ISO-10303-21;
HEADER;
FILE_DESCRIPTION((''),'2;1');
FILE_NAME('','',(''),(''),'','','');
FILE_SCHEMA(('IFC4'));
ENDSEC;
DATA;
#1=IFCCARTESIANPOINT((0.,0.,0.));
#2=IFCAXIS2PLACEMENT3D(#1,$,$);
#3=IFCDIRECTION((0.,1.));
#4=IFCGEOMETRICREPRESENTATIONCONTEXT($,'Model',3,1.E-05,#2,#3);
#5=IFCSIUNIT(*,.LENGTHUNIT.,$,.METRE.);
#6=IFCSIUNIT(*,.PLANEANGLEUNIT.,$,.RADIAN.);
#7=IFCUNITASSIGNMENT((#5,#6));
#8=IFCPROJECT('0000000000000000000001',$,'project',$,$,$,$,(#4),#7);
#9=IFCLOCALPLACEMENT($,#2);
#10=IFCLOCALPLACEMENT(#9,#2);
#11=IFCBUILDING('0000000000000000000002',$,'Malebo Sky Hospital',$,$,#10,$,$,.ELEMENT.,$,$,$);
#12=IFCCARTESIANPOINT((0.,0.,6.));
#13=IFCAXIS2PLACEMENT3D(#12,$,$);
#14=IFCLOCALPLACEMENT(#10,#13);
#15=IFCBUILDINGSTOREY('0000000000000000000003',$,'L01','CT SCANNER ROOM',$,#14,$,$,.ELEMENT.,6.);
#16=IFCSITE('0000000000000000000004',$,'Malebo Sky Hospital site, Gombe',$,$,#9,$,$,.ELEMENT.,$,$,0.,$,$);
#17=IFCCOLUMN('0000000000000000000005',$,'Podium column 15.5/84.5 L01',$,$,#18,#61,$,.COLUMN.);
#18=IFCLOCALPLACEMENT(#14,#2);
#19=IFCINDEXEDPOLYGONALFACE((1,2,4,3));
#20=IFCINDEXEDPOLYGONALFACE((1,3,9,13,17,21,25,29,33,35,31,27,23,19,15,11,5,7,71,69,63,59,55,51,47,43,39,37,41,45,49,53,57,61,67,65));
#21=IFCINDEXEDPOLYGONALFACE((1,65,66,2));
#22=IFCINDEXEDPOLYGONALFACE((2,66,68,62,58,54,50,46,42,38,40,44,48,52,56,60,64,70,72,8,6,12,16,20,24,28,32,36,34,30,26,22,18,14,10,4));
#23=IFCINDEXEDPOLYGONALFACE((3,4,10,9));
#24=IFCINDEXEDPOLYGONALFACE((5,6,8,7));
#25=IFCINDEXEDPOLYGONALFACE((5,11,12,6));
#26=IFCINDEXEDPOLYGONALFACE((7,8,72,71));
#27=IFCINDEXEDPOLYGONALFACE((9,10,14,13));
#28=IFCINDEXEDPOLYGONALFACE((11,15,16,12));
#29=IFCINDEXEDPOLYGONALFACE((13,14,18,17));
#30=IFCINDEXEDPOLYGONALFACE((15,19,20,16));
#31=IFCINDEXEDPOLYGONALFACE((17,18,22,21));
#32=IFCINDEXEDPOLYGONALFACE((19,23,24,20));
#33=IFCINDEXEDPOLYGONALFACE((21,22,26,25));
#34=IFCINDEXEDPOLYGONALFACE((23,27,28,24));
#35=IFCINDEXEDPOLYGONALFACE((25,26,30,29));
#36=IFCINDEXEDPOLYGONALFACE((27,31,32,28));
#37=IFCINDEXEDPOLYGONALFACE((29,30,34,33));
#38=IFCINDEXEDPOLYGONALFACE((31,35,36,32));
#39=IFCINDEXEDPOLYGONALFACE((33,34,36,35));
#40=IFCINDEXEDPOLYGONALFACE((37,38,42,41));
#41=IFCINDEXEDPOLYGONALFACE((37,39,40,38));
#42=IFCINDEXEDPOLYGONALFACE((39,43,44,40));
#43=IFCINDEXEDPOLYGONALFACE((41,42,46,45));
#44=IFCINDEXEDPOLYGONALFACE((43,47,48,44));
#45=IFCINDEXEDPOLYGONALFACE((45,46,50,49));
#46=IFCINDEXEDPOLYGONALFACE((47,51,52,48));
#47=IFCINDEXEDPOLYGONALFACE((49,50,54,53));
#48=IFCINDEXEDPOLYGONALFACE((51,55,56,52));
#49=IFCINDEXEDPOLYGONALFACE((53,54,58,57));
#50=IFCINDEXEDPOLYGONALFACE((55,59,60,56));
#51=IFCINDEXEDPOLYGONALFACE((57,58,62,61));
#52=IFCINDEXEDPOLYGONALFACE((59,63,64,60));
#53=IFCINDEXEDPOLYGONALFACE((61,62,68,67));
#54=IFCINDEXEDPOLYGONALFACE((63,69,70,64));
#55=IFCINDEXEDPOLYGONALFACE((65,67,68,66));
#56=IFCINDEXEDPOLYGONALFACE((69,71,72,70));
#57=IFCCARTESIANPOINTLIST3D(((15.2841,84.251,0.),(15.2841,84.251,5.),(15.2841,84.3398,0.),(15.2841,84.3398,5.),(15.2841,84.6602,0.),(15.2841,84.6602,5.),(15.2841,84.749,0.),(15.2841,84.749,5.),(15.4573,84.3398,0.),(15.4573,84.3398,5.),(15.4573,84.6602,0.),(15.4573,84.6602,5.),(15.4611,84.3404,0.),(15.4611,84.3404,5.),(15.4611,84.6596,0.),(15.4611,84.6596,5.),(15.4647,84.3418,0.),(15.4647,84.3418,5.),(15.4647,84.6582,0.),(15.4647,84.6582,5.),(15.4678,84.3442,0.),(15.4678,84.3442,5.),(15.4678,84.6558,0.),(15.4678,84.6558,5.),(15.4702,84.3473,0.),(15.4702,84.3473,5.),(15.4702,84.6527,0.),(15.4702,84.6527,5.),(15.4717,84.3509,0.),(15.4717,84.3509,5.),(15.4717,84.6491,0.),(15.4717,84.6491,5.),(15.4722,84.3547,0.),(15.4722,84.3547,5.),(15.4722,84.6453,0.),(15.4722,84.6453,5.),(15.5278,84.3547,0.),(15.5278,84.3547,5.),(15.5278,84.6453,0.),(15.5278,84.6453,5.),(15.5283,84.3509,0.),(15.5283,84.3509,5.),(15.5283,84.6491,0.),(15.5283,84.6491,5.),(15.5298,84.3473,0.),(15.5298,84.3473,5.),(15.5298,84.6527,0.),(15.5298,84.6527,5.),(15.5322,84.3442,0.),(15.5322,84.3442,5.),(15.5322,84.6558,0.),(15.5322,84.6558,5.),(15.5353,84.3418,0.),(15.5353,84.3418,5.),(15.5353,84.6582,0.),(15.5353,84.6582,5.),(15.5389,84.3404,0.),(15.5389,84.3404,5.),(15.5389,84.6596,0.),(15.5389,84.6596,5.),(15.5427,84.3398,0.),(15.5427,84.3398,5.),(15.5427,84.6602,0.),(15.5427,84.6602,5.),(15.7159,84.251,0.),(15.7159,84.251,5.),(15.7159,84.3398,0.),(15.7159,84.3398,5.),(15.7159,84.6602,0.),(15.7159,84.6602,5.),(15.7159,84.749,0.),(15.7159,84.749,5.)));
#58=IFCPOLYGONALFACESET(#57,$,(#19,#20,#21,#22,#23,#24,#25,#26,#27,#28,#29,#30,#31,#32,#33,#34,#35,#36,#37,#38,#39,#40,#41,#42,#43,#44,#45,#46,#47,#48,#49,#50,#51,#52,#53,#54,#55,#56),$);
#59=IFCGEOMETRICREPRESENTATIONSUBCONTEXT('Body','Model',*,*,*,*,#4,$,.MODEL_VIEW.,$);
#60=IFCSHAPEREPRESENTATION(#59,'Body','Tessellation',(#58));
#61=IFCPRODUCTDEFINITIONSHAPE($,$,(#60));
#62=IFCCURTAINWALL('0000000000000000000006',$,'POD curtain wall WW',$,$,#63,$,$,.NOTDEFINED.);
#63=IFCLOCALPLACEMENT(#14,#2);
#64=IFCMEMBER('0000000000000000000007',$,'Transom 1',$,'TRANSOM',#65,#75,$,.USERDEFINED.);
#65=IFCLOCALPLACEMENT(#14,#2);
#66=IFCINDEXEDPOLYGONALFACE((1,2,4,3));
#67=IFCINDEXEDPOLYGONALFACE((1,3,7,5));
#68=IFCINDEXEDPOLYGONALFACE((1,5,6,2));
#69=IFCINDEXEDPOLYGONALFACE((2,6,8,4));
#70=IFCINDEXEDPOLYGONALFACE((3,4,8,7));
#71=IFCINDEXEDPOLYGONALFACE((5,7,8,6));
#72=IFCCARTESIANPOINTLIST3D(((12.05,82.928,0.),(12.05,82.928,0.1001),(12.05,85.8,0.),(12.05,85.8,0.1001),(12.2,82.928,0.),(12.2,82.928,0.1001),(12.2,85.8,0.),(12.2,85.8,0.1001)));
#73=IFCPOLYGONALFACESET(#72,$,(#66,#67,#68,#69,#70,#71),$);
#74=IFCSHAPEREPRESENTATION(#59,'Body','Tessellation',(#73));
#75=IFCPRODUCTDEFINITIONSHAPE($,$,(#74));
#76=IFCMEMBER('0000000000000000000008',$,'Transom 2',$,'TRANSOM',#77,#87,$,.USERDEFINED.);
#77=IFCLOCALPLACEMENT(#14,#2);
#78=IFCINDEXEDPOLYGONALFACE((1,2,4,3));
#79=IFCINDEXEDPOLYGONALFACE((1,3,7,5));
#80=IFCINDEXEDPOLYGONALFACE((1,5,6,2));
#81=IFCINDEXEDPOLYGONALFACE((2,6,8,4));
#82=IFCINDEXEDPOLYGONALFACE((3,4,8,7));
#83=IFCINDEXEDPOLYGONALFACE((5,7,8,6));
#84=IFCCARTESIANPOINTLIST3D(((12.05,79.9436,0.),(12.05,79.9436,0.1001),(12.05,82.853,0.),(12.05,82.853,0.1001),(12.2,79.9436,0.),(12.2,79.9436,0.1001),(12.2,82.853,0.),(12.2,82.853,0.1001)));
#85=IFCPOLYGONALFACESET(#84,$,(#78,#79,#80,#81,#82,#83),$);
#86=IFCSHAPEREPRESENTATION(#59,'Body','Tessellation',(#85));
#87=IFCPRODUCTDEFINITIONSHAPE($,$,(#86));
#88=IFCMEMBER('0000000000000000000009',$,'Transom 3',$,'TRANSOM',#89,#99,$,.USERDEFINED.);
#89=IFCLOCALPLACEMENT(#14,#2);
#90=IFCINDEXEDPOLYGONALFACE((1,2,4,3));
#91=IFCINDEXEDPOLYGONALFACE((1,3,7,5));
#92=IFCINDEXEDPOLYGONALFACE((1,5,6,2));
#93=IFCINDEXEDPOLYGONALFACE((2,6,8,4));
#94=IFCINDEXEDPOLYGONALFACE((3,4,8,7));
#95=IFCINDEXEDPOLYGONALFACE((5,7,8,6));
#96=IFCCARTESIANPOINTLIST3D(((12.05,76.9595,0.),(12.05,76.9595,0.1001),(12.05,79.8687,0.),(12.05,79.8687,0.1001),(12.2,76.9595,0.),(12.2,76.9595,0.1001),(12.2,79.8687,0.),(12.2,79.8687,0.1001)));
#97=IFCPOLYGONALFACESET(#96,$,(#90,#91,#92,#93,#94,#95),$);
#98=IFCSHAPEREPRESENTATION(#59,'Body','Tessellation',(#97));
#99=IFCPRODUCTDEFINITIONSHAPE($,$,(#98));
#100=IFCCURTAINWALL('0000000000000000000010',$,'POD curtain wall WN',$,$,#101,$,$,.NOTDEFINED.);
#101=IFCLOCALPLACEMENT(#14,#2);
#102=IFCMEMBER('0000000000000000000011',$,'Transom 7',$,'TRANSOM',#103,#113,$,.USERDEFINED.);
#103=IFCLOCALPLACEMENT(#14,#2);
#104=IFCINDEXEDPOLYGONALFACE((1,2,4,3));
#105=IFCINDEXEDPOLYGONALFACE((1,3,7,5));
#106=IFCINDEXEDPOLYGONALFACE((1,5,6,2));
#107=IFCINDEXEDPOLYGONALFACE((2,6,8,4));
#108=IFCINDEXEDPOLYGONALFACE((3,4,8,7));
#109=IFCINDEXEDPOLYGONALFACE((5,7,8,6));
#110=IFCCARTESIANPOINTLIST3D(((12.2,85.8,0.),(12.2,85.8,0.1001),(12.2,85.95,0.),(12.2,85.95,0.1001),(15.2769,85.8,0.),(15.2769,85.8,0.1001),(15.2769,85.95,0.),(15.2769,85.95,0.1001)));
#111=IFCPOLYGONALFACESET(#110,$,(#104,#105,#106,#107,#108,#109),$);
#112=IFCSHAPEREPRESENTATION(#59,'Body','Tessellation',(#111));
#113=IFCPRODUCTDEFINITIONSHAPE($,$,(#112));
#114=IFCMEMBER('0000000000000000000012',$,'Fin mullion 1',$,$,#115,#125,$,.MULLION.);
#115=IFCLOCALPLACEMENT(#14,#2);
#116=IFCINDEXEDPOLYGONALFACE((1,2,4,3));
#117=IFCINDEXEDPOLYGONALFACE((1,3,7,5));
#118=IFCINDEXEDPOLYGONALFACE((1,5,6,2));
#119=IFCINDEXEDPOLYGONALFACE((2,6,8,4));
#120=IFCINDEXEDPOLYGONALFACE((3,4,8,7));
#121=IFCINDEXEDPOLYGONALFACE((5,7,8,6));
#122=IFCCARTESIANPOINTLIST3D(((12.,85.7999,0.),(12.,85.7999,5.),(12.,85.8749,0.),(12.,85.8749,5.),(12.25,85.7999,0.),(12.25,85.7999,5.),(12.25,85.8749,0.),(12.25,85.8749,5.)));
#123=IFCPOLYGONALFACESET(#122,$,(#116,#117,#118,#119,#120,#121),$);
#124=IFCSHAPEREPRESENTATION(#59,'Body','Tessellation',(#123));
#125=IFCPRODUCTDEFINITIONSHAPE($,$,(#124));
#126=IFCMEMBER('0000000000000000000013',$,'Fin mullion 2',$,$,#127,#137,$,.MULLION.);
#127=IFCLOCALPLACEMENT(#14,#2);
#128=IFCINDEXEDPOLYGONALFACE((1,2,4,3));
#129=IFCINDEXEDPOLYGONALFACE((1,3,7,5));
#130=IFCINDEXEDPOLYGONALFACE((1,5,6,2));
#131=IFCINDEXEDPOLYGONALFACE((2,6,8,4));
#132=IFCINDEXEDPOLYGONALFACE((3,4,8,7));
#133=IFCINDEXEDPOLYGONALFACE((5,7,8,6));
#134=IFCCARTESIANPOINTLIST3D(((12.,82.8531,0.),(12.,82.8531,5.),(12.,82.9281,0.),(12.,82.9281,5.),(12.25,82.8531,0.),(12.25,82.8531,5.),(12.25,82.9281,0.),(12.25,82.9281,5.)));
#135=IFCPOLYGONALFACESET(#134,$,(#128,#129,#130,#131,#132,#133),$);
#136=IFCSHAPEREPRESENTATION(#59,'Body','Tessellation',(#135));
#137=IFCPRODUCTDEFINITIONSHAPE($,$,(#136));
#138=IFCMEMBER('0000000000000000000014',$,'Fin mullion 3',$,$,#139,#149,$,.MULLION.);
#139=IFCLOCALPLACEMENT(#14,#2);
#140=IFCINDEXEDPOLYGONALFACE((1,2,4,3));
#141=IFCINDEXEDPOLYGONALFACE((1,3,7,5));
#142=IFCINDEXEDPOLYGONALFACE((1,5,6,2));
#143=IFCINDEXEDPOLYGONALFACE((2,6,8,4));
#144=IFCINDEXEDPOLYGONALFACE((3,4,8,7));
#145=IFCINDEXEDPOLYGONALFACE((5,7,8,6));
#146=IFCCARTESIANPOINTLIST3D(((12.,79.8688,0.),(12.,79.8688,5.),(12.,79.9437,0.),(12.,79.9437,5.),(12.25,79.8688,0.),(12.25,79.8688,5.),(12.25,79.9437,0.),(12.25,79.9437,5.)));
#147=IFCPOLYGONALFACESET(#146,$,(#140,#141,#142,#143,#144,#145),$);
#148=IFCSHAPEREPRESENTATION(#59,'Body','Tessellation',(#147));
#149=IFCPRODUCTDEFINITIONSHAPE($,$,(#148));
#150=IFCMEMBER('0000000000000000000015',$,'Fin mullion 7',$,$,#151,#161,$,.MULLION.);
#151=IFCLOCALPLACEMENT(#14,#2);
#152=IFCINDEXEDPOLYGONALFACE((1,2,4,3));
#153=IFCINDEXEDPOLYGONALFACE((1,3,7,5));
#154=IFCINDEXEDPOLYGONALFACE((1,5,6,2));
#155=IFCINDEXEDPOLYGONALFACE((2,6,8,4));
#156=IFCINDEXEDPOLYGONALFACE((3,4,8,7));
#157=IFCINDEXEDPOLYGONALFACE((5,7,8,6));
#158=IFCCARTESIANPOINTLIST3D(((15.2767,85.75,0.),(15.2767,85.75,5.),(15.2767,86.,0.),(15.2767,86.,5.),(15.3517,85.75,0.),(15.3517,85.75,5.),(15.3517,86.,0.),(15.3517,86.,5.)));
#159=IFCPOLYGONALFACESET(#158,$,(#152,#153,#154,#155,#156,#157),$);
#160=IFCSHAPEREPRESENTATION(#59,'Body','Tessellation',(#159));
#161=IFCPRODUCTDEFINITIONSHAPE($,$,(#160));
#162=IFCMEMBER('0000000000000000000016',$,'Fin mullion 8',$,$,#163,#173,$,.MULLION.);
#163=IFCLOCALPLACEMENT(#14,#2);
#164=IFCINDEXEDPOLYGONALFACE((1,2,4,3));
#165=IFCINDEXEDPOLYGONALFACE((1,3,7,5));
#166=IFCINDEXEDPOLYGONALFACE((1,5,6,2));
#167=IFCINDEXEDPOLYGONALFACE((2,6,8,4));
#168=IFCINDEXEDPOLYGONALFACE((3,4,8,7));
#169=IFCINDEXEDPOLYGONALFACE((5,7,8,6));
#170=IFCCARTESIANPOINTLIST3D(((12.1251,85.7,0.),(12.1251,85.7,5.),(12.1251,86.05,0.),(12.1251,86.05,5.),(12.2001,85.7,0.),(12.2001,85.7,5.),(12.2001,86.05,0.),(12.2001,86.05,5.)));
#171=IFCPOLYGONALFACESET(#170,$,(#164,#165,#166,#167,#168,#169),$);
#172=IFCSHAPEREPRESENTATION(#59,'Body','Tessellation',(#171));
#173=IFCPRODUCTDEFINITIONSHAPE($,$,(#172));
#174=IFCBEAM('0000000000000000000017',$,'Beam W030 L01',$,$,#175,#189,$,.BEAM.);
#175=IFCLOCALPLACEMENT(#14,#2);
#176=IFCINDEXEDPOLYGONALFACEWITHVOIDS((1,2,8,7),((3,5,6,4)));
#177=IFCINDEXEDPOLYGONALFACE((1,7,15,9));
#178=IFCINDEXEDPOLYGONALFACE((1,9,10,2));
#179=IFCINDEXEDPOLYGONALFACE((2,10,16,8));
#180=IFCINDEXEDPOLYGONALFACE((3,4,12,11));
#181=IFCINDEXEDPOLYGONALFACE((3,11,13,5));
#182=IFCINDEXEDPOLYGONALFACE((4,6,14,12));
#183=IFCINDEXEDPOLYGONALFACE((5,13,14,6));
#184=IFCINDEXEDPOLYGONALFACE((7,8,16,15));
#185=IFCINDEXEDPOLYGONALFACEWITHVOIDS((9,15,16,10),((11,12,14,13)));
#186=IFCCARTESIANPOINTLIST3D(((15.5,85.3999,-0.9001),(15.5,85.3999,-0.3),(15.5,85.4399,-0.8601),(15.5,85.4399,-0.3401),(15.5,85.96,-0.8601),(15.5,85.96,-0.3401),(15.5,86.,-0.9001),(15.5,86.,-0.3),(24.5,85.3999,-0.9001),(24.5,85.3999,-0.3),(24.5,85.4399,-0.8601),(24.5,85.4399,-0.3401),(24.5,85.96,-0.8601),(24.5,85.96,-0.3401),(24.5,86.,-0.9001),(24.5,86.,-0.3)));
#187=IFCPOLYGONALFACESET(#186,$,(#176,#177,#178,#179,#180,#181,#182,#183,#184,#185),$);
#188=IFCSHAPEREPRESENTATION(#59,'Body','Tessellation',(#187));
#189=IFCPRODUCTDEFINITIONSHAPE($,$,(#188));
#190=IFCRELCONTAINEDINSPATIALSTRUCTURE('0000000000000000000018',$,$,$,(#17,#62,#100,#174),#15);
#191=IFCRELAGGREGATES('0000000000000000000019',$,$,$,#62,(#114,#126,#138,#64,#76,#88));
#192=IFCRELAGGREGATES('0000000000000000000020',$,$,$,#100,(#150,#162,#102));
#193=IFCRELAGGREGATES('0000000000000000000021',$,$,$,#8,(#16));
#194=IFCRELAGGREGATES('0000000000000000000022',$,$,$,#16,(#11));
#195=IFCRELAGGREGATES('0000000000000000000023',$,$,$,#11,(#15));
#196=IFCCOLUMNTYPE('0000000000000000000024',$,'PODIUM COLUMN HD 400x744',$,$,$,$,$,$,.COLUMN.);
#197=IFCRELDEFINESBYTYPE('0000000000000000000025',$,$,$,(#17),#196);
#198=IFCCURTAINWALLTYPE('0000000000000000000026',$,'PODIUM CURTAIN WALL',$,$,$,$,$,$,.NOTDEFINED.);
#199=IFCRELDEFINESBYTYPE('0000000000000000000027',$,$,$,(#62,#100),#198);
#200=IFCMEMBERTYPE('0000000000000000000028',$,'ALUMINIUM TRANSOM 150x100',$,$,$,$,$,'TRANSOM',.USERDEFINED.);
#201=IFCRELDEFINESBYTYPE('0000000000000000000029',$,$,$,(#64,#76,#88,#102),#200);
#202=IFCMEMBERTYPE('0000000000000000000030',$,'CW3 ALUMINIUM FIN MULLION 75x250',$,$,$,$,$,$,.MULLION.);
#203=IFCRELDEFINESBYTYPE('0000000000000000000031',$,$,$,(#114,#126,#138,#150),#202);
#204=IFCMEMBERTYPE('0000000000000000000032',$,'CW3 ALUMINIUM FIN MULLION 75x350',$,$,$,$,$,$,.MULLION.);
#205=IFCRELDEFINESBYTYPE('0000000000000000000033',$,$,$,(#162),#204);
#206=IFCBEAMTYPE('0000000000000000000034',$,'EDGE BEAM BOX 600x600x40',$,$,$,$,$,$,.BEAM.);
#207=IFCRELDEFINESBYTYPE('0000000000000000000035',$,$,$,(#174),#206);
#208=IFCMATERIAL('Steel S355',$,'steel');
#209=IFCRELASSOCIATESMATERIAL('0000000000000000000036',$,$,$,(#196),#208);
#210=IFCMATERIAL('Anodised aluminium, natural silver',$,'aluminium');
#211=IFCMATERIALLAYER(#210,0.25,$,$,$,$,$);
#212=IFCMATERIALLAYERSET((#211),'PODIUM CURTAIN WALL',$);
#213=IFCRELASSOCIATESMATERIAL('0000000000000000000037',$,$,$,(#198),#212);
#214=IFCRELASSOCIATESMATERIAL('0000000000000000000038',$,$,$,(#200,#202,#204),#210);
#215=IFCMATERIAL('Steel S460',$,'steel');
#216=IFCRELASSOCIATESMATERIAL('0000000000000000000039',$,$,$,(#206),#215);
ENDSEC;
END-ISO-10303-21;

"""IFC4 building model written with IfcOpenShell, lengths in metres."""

from ifc_helpers import new_model, si_unit, direction, frame, origin, origin_2d, place, context, subcontext, project, spatial, rectangle, hollow_rectangle, i_section, extrude, material, layer, layer_set, material_profile, profile_set, type_object, element, aggregate, save


model = new_model("IFC4")

# Units and contexts
model_context = context("Model", 3, precision=1e-05, world=origin(), true_north=direction((0.0, 1.0)))
body_context = subcontext(model_context, "Body", "Model", "MODEL_VIEW")
ifc_project = project(units=[si_unit("LENGTHUNIT", "METRE"), si_unit("PLANEANGLEUNIT", "RADIAN")], contexts=[model_context])

# Site, building, storey
site_placement = place(None, origin())
site = spatial("IfcSite", under=ifc_project, at=site_placement, Name="Malebo Sky Hospital site, Gombe", CompositionType="ELEMENT", RefElevation=0.0)
building_placement = place(site_placement, origin())
building = spatial("IfcBuilding", under=site, at=building_placement, Name="Malebo Sky Hospital", CompositionType="ELEMENT")
storey_placement = place(building_placement, frame((0.0, 0.0, 6.0)))
storey = spatial("IfcBuildingStorey", under=building, at=storey_placement, Name="L01", Description="CT SCANNER ROOM", CompositionType="ELEMENT", Elevation=6.0)

# Column
ifc_material_1 = material(Name="Steel S355", Category="steel")
ifc_material_profile_1 = material_profile(ifc_material_1, i_section(OverallWidth=0.4319, OverallDepth=0.498, WebThickness=0.0557, FlangeThickness=0.0889, FilletRadius=0.0149, at=origin_2d()), Name="HD 400x744")
ifc_profile_set_1 = profile_set([ifc_material_profile_1], Name="Steel S355")
column_type = type_object("IfcColumnType", Name="PODIUM COLUMN HD 400x744", PredefinedType="COLUMN", material=ifc_profile_set_1)
column_placement = place(storey_placement, frame((15.5, 84.5, 0.0), z_axis=(0.0, 0.0, 1.0), x_axis=(1.0, 0.0, 0.0)))
element("IfcColumn", 1, at=column_placement, inside=storey, type_object=column_type, Name="Podium column 15.5/84.5 L01", PredefinedType="COLUMN", context=body_context, shape_type="SweptSolid", body=[
    extrude(i_section(OverallWidth=0.4319, OverallDepth=0.498, WebThickness=0.0557, FlangeThickness=0.0889, FilletRadius=0.0149, at=origin_2d()), origin(), (0.0, 0.0, 1.0), 5.0),
])

# Curtain wall, members
ifc_material_2 = material(Name="Anodised aluminium, natural silver", Category="aluminium")
ifc_layer_1 = layer(ifc_material_2, 0.25)
ifc_layer_set_1 = layer_set([ifc_layer_1], Name="PODIUM CURTAIN WALL")
curtain_wall_type = type_object("IfcCurtainWallType", Name="PODIUM CURTAIN WALL", PredefinedType="NOTDEFINED", material=ifc_layer_set_1)
curtain_wall_1_placement = place(storey_placement, origin())
curtain_wall_1 = element("IfcCurtainWall", 2, at=curtain_wall_1_placement, inside=storey, type_object=curtain_wall_type, Name="POD curtain wall WW", PredefinedType="NOTDEFINED")
ifc_material_profile_2 = material_profile(ifc_material_2, rectangle(XDim=0.1499, YDim=0.1001, at=origin_2d()), Name="ALUMINIUM TRANSOM 150x100")
ifc_profile_set_2 = profile_set([ifc_material_profile_2], Name="Anodised aluminium, natural silver")
member_type_1 = type_object("IfcMemberType", Name="ALUMINIUM TRANSOM 150x100", ElementType="TRANSOM", PredefinedType="USERDEFINED", material=ifc_profile_set_2)
member_1_placement = place(storey_placement, frame((12.125, 85.8, 0.05), z_axis=(0.0, -1.0, 0.0), x_axis=(1.0, 0.0, 0.0)))
member_1 = element("IfcMember", 3, at=member_1_placement, type_object=member_type_1, Name="Transom 1", ObjectType="TRANSOM", PredefinedType="USERDEFINED", context=body_context, shape_type="SweptSolid", body=[
    extrude(rectangle(XDim=0.1499, YDim=0.1001, at=origin_2d()), origin(), (0.0, 0.0, 1.0), 2.8721),
])
member_2_placement = place(storey_placement, frame((12.125, 82.853, 0.05), z_axis=(0.0, -1.0, 0.0), x_axis=(1.0, 0.0, 0.0)))
member_2 = element("IfcMember", 4, at=member_2_placement, type_object=member_type_1, Name="Transom 2", ObjectType="TRANSOM", PredefinedType="USERDEFINED", context=body_context, shape_type="SweptSolid", body=[
    extrude(rectangle(XDim=0.1499, YDim=0.1001, at=origin_2d()), origin(), (0.0, 0.0, 1.0), 2.9094),
])
member_3_placement = place(storey_placement, frame((12.125, 79.8687, 0.05), z_axis=(0.0, -1.0, 0.0), x_axis=(1.0, 0.0, 0.0)))
member_3 = element("IfcMember", 5, at=member_3_placement, type_object=member_type_1, Name="Transom 3", ObjectType="TRANSOM", PredefinedType="USERDEFINED", context=body_context, shape_type="SweptSolid", body=[
    extrude(rectangle(XDim=0.1499, YDim=0.1001, at=origin_2d()), origin(), (0.0, 0.0, 1.0), 2.9092),
])

# Curtain wall, member
curtain_wall_2_placement = place(storey_placement, origin())
curtain_wall_2 = element("IfcCurtainWall", 6, at=curtain_wall_2_placement, inside=storey, type_object=curtain_wall_type, Name="POD curtain wall WN", PredefinedType="NOTDEFINED")
member_4_placement = place(storey_placement, frame((15.2769, 85.875, 0.05), z_axis=(-1.0, 0.0, 0.0), x_axis=(0.0, -1.0, 0.0)))
member_4 = element("IfcMember", 7, at=member_4_placement, type_object=member_type_1, Name="Transom 7", ObjectType="TRANSOM", PredefinedType="USERDEFINED", context=body_context, shape_type="SweptSolid", body=[
    extrude(rectangle(XDim=0.1499, YDim=0.1001, at=origin_2d()), origin(), (0.0, 0.0, 1.0), 3.0769),
])

# Members
ifc_material_profile_3 = material_profile(ifc_material_2, rectangle(XDim=0.075, YDim=0.25, at=origin_2d()), Name="CW3 ALUMINIUM FIN MULLION 75x250")
ifc_profile_set_3 = profile_set([ifc_material_profile_3], Name="Anodised aluminium, natural silver")
member_type_2 = type_object("IfcMemberType", Name="CW3 ALUMINIUM FIN MULLION 75x250", PredefinedType="MULLION", material=ifc_profile_set_3)
member_5_placement = place(storey_placement, frame((12.125, 85.8374, 0.0), z_axis=(0.0, 0.0, 1.0), x_axis=(0.0, -1.0, 0.0)))
member_5 = element("IfcMember", 8, at=member_5_placement, type_object=member_type_2, Name="Fin mullion 1", PredefinedType="MULLION", context=body_context, shape_type="SweptSolid", body=[
    extrude(rectangle(XDim=0.075, YDim=0.25, at=origin_2d()), origin(), (0.0, 0.0, 1.0), 5.0),
])
member_6_placement = place(storey_placement, frame((12.125, 82.8906, 0.0), z_axis=(0.0, 0.0, 1.0), x_axis=(0.0, -1.0, 0.0)))
member_6 = element("IfcMember", 9, at=member_6_placement, type_object=member_type_2, Name="Fin mullion 2", PredefinedType="MULLION", context=body_context, shape_type="SweptSolid", body=[
    extrude(rectangle(XDim=0.075, YDim=0.25, at=origin_2d()), origin(), (0.0, 0.0, 1.0), 5.0),
])
member_7_placement = place(storey_placement, frame((12.125, 79.9062, 0.0), z_axis=(0.0, 0.0, 1.0), x_axis=(0.0, -1.0, 0.0)))
member_7 = element("IfcMember", 10, at=member_7_placement, type_object=member_type_2, Name="Fin mullion 3", PredefinedType="MULLION", context=body_context, shape_type="SweptSolid", body=[
    extrude(rectangle(XDim=0.075, YDim=0.25, at=origin_2d()), origin(), (0.0, 0.0, 1.0), 5.0),
])
member_8_placement = place(storey_placement, frame((15.3142, 85.875, 0.0), z_axis=(0.0, 0.0, 1.0), x_axis=(-1.0, 0.0, 0.0)))
member_8 = element("IfcMember", 11, at=member_8_placement, type_object=member_type_2, Name="Fin mullion 7", PredefinedType="MULLION", context=body_context, shape_type="SweptSolid", body=[
    extrude(rectangle(XDim=0.075, YDim=0.25, at=origin_2d()), origin(), (0.0, 0.0, 1.0), 5.0),
])
ifc_material_profile_4 = material_profile(ifc_material_2, rectangle(XDim=0.075, YDim=0.3501, at=origin_2d()), Name="CW3 ALUMINIUM FIN MULLION 75x350")
ifc_profile_set_4 = profile_set([ifc_material_profile_4], Name="Anodised aluminium, natural silver")
member_type_3 = type_object("IfcMemberType", Name="CW3 ALUMINIUM FIN MULLION 75x350", PredefinedType="MULLION", material=ifc_profile_set_4)
member_9_placement = place(storey_placement, frame((12.1626, 85.875, 0.0), z_axis=(0.0, 0.0, 1.0), x_axis=(-1.0, 0.0, 0.0)))
member_9 = element("IfcMember", 12, at=member_9_placement, type_object=member_type_3, Name="Fin mullion 8", PredefinedType="MULLION", context=body_context, shape_type="SweptSolid", body=[
    extrude(rectangle(XDim=0.075, YDim=0.3501, at=origin_2d()), origin(), (0.0, 0.0, 1.0), 5.0),
])

# Beam
ifc_material_3 = material(Name="Steel S460", Category="steel")
ifc_material_profile_5 = material_profile(ifc_material_3, hollow_rectangle(XDim=0.6001, YDim=0.6001, WallThickness=0.04, at=origin_2d()), Name="BOX 600x600x40")
ifc_profile_set_5 = profile_set([ifc_material_profile_5], Name="Steel S460")
beam_type_1 = type_object("IfcBeamType", Name="EDGE BEAM BOX 600x600x40", PredefinedType="BEAM", material=ifc_profile_set_5)
beam_1_placement = place(storey_placement, frame((15.5, 85.7, -0.6001), z_axis=(1.0, 0.0, 0.0), x_axis=(0.0, 1.0, 0.0)))
element("IfcBeam", 13, at=beam_1_placement, inside=storey, type_object=beam_type_1, Name="Beam W030 L01", PredefinedType="BEAM", context=body_context, shape_type="SweptSolid", body=[
    extrude(hollow_rectangle(XDim=0.6001, YDim=0.6001, WallThickness=0.04, at=origin_2d()), origin(), (0.0, 0.0, 1.0), 9.0),
])

aggregate(curtain_wall_1, [member_5, member_6, member_7, member_1, member_2, member_3])
aggregate(curtain_wall_2, [member_8, member_9, member_4])

save(model, "model.ifc")
